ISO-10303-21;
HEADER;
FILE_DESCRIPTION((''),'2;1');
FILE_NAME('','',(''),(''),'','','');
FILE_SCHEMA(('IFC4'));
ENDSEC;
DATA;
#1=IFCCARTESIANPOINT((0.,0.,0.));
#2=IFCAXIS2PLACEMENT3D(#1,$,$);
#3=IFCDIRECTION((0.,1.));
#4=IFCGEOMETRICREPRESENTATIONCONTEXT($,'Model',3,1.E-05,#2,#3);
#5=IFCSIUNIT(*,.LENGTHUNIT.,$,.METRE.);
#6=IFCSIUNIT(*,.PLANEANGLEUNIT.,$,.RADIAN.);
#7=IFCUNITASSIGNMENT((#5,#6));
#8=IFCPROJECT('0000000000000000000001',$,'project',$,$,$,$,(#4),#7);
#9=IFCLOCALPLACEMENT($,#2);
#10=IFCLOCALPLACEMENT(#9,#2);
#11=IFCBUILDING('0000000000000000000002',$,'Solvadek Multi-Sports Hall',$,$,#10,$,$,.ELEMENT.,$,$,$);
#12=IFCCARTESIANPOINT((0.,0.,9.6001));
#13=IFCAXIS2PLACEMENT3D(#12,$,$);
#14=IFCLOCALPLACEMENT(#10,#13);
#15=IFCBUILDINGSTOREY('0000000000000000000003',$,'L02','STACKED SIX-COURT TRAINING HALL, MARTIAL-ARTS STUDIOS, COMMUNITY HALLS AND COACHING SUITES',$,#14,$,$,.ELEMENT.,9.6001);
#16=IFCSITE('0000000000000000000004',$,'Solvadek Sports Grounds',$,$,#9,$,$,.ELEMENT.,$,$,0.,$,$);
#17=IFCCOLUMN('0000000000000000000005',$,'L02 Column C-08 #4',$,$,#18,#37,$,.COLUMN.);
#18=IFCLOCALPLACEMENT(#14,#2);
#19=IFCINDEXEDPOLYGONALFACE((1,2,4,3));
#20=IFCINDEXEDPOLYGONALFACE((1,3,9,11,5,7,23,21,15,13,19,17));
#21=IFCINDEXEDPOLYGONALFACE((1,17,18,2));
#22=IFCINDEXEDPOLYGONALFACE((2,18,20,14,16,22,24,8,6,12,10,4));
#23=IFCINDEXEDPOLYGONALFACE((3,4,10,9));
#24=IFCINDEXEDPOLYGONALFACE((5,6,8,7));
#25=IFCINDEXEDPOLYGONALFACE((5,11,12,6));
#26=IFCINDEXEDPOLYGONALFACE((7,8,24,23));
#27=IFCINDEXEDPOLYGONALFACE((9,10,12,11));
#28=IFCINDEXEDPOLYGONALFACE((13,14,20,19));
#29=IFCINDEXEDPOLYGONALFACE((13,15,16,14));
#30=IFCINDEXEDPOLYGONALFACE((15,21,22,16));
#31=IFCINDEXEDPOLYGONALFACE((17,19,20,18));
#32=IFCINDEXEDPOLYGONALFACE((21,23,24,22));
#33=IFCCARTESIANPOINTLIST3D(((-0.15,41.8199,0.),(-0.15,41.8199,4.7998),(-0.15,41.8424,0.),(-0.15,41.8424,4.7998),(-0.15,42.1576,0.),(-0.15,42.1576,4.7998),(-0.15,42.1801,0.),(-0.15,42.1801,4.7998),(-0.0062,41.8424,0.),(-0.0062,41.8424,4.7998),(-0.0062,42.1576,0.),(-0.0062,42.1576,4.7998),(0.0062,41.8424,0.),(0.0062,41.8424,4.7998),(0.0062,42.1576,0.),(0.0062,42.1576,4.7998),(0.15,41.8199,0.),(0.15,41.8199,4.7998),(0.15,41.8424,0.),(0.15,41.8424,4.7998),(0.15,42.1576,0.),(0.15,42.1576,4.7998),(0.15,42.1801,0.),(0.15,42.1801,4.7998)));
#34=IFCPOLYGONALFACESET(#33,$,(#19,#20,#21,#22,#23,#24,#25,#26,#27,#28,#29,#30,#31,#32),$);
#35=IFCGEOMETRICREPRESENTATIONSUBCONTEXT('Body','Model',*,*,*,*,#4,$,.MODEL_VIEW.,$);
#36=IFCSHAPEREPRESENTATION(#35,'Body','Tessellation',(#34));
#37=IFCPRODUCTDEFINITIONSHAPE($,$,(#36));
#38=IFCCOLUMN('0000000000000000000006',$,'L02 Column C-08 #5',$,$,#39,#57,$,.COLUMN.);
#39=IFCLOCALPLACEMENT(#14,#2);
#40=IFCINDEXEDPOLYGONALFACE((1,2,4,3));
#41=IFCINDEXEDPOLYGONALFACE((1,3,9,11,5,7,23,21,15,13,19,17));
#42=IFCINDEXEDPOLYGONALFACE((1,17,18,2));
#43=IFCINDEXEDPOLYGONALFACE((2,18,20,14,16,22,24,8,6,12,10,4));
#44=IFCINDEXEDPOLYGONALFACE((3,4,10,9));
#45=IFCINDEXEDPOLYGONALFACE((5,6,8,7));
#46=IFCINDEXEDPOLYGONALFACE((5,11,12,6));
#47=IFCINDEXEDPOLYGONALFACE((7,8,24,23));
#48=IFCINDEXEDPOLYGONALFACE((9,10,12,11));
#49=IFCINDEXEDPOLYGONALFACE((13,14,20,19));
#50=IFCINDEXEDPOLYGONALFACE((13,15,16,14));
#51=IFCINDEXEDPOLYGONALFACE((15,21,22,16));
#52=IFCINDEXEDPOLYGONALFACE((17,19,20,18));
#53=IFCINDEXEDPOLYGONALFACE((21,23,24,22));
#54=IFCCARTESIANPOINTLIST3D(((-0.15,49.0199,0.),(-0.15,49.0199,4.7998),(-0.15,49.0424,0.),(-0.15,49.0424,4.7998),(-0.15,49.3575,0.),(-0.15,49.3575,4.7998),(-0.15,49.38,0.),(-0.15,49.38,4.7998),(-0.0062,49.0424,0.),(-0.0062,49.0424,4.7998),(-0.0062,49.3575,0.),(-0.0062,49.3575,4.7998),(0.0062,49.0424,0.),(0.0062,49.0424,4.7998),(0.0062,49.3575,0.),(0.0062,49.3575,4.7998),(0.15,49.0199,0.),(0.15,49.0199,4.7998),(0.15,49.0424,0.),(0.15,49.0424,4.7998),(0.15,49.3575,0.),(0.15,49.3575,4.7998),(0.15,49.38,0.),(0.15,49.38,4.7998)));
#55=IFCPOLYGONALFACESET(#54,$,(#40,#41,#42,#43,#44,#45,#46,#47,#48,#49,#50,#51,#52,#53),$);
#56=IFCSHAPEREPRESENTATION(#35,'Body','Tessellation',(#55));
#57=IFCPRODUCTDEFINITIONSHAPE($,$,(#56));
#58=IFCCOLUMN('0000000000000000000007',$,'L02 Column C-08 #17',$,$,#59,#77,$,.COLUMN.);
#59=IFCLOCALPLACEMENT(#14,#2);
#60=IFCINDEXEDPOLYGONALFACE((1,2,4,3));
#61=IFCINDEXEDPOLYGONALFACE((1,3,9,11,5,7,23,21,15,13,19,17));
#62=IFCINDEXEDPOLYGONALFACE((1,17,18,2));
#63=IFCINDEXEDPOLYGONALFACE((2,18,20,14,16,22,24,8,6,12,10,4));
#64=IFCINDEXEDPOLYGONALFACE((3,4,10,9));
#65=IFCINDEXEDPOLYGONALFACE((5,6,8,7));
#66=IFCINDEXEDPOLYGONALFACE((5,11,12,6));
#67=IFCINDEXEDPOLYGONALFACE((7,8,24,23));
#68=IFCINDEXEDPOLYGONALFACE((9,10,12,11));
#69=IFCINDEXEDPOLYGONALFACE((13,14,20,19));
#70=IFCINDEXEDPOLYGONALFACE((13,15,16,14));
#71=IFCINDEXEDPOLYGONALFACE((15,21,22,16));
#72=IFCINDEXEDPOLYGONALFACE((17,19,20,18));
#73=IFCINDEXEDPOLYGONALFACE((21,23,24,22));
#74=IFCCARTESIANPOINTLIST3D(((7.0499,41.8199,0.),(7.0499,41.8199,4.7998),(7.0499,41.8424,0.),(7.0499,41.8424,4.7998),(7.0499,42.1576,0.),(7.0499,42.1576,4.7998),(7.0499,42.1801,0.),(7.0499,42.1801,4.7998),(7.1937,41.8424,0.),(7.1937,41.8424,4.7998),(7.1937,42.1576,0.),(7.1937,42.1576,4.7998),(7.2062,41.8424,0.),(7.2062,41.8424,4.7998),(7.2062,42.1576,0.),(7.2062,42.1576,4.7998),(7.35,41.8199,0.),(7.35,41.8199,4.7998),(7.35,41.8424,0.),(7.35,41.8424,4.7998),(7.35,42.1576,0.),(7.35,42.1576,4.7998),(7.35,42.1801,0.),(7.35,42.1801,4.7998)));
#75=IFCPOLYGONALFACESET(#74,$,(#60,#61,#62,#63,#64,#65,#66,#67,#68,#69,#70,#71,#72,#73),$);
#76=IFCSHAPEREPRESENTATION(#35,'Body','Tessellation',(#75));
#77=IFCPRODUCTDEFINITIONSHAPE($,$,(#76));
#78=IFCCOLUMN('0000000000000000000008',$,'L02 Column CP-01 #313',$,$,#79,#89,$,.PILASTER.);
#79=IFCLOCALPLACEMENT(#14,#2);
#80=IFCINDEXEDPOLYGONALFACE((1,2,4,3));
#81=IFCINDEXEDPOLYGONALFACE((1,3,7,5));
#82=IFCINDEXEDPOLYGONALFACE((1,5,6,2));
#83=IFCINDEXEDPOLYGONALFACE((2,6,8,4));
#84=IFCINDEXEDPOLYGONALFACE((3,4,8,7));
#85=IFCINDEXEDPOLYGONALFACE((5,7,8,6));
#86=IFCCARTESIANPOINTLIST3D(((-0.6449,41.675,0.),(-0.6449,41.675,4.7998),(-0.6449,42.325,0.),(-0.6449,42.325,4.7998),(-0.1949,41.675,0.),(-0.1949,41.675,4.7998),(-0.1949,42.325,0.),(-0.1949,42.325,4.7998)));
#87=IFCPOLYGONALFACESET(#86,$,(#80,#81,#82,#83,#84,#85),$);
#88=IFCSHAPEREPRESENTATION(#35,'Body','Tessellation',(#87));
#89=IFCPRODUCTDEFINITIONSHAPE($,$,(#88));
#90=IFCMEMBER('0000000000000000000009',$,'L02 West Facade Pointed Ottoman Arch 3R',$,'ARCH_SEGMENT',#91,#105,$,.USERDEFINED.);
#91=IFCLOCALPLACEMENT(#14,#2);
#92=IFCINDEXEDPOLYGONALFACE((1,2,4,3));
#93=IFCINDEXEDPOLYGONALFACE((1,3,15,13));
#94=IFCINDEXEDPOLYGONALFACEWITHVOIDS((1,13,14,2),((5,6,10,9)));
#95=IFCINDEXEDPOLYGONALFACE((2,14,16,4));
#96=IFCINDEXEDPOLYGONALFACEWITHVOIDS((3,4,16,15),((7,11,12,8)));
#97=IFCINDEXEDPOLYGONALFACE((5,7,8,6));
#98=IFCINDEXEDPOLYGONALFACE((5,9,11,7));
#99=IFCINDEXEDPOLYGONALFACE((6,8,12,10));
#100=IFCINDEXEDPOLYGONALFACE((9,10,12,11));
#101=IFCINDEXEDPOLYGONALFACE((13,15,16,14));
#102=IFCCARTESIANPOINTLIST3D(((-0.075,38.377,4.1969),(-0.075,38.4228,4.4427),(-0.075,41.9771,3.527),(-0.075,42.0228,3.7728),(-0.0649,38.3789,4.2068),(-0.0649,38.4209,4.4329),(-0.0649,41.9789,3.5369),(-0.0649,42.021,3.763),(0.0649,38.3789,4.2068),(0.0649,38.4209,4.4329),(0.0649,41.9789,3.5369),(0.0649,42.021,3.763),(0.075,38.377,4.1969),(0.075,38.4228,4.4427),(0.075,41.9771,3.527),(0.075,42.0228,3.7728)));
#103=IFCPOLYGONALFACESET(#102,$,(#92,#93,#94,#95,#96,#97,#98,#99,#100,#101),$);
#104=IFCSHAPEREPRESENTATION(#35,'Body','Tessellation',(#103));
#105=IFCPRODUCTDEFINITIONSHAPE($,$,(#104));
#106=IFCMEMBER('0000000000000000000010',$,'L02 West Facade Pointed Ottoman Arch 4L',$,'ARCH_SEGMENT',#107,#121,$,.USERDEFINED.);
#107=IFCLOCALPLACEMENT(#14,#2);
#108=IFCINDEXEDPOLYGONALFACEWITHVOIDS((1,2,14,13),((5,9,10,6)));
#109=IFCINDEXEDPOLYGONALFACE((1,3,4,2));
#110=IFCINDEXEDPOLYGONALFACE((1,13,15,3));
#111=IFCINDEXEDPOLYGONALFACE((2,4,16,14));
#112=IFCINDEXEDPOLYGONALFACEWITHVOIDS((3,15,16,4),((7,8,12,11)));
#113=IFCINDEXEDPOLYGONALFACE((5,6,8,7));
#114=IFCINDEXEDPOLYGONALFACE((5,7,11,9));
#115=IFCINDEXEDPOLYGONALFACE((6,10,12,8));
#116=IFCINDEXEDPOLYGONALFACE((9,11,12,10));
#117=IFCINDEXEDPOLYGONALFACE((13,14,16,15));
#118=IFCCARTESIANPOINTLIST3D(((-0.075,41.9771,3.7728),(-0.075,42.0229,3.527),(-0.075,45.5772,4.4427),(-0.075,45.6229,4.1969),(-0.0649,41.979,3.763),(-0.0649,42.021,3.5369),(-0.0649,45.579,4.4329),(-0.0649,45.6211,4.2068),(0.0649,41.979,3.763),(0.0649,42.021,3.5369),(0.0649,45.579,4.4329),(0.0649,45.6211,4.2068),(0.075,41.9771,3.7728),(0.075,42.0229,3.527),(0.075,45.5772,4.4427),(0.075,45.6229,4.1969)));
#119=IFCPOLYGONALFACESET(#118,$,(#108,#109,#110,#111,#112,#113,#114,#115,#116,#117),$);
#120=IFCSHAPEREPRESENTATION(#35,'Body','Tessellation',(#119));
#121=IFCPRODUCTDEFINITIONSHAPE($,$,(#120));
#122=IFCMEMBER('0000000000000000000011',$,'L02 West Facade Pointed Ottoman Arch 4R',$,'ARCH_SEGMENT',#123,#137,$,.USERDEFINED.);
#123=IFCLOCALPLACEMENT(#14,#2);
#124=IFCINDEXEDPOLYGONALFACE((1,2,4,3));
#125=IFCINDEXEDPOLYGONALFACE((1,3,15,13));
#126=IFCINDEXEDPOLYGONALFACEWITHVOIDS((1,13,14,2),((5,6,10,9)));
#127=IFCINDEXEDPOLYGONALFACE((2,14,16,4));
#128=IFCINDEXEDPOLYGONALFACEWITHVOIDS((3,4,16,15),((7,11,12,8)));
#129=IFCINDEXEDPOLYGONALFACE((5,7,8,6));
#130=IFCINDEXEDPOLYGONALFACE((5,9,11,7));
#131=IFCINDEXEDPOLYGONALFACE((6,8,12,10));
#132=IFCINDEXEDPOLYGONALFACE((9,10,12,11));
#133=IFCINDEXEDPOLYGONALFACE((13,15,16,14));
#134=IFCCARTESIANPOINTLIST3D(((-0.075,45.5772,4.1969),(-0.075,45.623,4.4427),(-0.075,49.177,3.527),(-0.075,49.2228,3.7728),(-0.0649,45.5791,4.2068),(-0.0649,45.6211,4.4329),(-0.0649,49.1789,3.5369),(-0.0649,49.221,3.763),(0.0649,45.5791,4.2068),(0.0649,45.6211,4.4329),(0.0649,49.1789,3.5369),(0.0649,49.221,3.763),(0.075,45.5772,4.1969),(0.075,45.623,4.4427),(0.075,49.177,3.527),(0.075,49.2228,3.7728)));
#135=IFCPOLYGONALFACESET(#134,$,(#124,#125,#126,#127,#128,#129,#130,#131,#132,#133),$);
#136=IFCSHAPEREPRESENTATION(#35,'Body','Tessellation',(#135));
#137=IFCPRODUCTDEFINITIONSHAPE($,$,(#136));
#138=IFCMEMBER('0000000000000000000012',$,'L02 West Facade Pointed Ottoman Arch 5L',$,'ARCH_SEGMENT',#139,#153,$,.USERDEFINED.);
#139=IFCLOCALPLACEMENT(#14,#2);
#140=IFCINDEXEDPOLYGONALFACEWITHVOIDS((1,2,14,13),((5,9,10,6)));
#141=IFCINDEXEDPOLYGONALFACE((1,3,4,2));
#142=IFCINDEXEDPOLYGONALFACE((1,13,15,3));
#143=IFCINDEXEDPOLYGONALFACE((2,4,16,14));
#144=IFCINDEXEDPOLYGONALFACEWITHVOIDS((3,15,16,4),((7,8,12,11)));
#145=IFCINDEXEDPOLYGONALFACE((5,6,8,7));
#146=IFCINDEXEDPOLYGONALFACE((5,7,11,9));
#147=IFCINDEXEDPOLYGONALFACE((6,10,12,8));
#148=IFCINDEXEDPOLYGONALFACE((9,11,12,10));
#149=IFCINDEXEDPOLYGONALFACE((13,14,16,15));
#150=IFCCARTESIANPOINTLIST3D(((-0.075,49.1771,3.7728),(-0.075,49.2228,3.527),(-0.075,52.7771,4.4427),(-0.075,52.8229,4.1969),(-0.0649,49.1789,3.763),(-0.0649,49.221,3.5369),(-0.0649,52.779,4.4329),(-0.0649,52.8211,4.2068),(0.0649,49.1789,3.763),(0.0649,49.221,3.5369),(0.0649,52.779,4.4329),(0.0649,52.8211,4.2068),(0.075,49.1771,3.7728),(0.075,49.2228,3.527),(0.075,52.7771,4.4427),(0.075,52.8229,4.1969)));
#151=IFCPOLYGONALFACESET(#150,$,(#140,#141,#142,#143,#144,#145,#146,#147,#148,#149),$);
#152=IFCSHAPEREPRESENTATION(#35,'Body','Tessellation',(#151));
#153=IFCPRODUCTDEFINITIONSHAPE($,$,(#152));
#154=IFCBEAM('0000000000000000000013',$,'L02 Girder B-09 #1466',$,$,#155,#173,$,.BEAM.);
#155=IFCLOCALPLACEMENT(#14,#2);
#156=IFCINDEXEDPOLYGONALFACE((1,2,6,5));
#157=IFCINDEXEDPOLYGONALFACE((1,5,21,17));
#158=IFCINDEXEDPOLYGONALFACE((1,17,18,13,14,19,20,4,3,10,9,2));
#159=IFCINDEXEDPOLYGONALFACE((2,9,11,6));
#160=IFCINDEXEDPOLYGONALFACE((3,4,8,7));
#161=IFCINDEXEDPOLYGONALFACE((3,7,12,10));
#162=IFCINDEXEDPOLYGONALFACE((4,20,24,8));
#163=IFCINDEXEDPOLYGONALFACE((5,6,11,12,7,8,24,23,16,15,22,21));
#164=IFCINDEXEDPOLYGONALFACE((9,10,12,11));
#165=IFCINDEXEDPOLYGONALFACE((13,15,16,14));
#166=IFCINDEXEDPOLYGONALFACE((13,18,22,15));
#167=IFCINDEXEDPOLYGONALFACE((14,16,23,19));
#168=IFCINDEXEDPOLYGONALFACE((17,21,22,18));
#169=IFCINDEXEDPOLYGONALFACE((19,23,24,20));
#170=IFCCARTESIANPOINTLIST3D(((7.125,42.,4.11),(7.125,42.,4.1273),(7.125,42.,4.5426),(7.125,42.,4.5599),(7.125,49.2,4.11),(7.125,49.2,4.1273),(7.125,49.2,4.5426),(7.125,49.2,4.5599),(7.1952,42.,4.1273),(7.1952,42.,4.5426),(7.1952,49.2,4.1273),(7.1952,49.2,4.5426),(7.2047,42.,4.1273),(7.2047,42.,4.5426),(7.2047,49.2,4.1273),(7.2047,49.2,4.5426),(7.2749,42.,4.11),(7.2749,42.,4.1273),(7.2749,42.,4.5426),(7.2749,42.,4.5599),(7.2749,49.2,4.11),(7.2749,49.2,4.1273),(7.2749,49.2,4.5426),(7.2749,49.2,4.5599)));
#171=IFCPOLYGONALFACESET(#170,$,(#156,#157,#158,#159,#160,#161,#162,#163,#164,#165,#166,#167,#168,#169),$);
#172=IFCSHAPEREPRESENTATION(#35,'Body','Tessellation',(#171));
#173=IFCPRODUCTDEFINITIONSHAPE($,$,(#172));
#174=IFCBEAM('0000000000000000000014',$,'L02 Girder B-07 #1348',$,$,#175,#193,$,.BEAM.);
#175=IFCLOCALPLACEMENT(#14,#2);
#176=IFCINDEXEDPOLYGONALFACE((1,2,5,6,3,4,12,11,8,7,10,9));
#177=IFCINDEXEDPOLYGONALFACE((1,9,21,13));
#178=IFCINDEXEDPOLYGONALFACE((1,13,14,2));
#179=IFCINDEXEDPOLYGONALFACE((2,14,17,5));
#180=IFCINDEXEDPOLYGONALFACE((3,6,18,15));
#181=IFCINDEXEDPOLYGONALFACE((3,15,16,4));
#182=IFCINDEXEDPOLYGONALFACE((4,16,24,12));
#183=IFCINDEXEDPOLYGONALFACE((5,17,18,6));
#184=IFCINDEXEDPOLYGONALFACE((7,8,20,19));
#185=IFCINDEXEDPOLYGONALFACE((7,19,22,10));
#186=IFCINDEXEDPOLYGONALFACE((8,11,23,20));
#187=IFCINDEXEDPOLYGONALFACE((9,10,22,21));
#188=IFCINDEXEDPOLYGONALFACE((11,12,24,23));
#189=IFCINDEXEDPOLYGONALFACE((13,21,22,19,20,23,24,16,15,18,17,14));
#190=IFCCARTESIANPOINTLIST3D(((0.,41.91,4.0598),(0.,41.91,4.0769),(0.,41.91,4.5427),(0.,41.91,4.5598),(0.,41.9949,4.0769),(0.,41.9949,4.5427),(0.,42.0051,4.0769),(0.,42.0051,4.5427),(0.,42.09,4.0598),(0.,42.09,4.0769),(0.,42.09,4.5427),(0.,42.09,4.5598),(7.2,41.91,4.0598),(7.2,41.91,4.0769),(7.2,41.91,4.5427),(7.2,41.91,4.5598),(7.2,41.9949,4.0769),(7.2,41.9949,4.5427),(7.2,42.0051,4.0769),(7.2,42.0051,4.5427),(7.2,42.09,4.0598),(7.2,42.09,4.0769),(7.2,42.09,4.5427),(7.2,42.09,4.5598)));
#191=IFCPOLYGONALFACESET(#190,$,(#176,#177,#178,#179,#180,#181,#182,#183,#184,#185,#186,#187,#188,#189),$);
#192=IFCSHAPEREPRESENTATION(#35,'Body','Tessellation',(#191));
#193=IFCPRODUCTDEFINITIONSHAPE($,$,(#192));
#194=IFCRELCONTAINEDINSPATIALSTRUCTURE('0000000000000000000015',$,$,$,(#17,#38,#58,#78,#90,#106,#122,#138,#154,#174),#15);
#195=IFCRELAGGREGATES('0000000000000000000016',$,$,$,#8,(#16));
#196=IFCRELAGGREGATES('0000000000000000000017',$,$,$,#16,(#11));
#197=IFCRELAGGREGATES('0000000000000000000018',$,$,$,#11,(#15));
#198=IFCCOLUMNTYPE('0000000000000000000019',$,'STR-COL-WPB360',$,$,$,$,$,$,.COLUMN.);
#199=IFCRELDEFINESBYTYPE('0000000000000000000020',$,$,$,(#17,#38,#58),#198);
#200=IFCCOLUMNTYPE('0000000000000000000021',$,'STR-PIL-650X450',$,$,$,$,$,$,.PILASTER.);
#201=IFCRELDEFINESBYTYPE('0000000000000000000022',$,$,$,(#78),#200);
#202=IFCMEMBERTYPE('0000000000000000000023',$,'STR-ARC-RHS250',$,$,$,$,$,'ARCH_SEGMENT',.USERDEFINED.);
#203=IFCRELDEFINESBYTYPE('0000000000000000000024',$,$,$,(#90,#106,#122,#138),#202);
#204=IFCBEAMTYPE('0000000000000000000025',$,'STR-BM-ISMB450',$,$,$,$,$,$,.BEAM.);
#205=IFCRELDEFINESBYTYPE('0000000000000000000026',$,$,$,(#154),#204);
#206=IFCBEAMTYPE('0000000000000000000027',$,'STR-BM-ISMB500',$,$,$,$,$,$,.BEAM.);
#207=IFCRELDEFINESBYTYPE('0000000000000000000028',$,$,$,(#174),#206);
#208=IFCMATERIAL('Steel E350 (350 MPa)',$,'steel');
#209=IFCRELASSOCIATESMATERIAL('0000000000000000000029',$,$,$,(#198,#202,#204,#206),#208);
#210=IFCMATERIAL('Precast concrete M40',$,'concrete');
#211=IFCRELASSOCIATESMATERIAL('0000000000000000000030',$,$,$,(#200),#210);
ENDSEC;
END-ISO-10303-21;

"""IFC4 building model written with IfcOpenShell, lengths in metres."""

from ifc_helpers import new_model, si_unit, direction, frame, origin, origin_2d, place, context, subcontext, project, spatial, rectangle, hollow_rectangle, i_section, extrude, material, material_profile, profile_set, type_object, element, save


model = new_model("IFC4")

# Units and contexts
model_context = context("Model", 3, precision=1e-05, world=origin(), true_north=direction((0.0, 1.0)))
body_context = subcontext(model_context, "Body", "Model", "MODEL_VIEW")
ifc_project = project(units=[si_unit("LENGTHUNIT", "METRE"), si_unit("PLANEANGLEUNIT", "RADIAN")], contexts=[model_context])

# Site, building, storey
site_placement = place(None, origin())
site = spatial("IfcSite", under=ifc_project, at=site_placement, Name="Solvadek Sports Grounds", CompositionType="ELEMENT", RefElevation=0.0)
building_placement = place(site_placement, origin())
building = spatial("IfcBuilding", under=site, at=building_placement, Name="Solvadek Multi-Sports Hall", CompositionType="ELEMENT")
storey_placement = place(building_placement, frame((0.0, 0.0, 9.6001)))
storey = spatial("IfcBuildingStorey", under=building, at=storey_placement, Name="L02", Description="STACKED SIX-COURT TRAINING HALL, MARTIAL-ARTS STUDIOS, COMMUNITY HALLS AND COACHING SUITES", CompositionType="ELEMENT", Elevation=9.6001)

# Columns
ifc_material_1 = material(Name="Steel E350 (350 MPa)", Category="steel")
ifc_material_profile_1 = material_profile(ifc_material_1, i_section(OverallWidth=0.3, OverallDepth=0.3601, WebThickness=0.0125, FlangeThickness=0.0225, at=origin_2d()), Name="WPB 360")
ifc_profile_set_1 = profile_set([ifc_material_profile_1], Name="Steel E350 (350 MPa)")
column_type_1 = type_object("IfcColumnType", Name="STR-COL-WPB360", PredefinedType="COLUMN", material=ifc_profile_set_1)
for number, where, z_axis, x_axis, name in (
    (1, (0.0, 42.0, 0.0), (0.0, 0.0, 1.0), (1.0, 0.0, 0.0), "L02 Column C-08 #4"),
    (2, (0.0, 49.2, 0.0), (0.0, 0.0, 1.0), (1.0, 0.0, 0.0), "L02 Column C-08 #5"),
    (3, (7.2, 42.0, 0.0), (0.0, 0.0, 1.0), (1.0, 0.0, 0.0), "L02 Column C-08 #17"),
):
    element("IfcColumn", number, at=place(storey_placement, frame(where, z_axis=z_axis, x_axis=x_axis)), inside=storey, type_object=column_type_1, Name=name, PredefinedType="COLUMN", context=body_context, shape_type="SweptSolid", body=[
        extrude(i_section(OverallWidth=0.3, OverallDepth=0.3601, WebThickness=0.0125, FlangeThickness=0.0225, at=origin_2d()), origin(), (0.0, 0.0, 1.0), 4.7998),
    ])
ifc_material_2 = material(Name="Precast concrete M40", Category="concrete")
ifc_material_profile_2 = material_profile(ifc_material_2, rectangle(XDim=0.45, YDim=0.6499, at=origin_2d()), Name="RC PILASTER 650x450")
ifc_profile_set_2 = profile_set([ifc_material_profile_2], Name="Precast concrete M40")
column_type_2 = type_object("IfcColumnType", Name="STR-PIL-650X450", PredefinedType="PILASTER", material=ifc_profile_set_2)
column_placement = place(storey_placement, frame((-0.4199, 42.0, 0.0), z_axis=(0.0, 0.0, 1.0), x_axis=(1.0, 0.0, 0.0)))
element("IfcColumn", 4, at=column_placement, inside=storey, type_object=column_type_2, Name="L02 Column CP-01 #313", PredefinedType="PILASTER", context=body_context, shape_type="SweptSolid", body=[
    extrude(rectangle(XDim=0.45, YDim=0.6499, at=origin_2d()), origin(), (0.0, 0.0, 1.0), 4.7998),
])

# Members
ifc_material_profile_3 = material_profile(ifc_material_1, hollow_rectangle(XDim=0.1499, YDim=0.25, WallThickness=0.01, at=origin_2d()), Name="RHS 250x150x10")
ifc_profile_set_3 = profile_set([ifc_material_profile_3], Name="Steel E350 (350 MPa)")
member_type = type_object("IfcMemberType", Name="STR-ARC-RHS250", ElementType="ARCH_SEGMENT", PredefinedType="USERDEFINED", material=ifc_profile_set_3)
for number, where, z_axis, x_axis, name in (
    (5, (0.0, 38.3999, 4.3198), (0.0, 0.983123, -0.182944), (-1.0, 0.0, 0.0), "L02 West Facade Pointed Ottoman Arch 3R"),
    (6, (0.0, 42.0, 3.6499), (0.0, 0.983123, 0.182944), (-1.0, 0.0, 0.0), "L02 West Facade Pointed Ottoman Arch 4L"),
):
    element("IfcMember", number, at=place(storey_placement, frame(where, z_axis=z_axis, x_axis=x_axis)), inside=storey, type_object=member_type, Name=name, ObjectType="ARCH_SEGMENT", PredefinedType="USERDEFINED", context=body_context, shape_type="SweptSolid", body=[
        extrude(hollow_rectangle(XDim=0.1499, YDim=0.25, WallThickness=0.01, at=origin_2d()), origin(), (0.0, 0.0, 1.0), 3.6619),
    ])
member_1_placement = place(storey_placement, frame((0.0, 45.6001, 4.3198), z_axis=(0.0, 0.983121, -0.182956), x_axis=(-1.0, 0.0, 0.0)))
element("IfcMember", 7, at=member_1_placement, inside=storey, type_object=member_type, Name="L02 West Facade Pointed Ottoman Arch 4R", ObjectType="ARCH_SEGMENT", PredefinedType="USERDEFINED", context=body_context, shape_type="SweptSolid", body=[
    extrude(hollow_rectangle(XDim=0.1499, YDim=0.25, WallThickness=0.01, at=origin_2d()), origin(), (0.0, 0.0, 1.0), 3.6616),
])
member_2_placement = place(storey_placement, frame((0.0, 49.2, 3.6499), z_axis=(0.0, 0.983123, 0.182944), x_axis=(-1.0, 0.0, 0.0)))
element("IfcMember", 8, at=member_2_placement, inside=storey, type_object=member_type, Name="L02 West Facade Pointed Ottoman Arch 5L", ObjectType="ARCH_SEGMENT", PredefinedType="USERDEFINED", context=body_context, shape_type="SweptSolid", body=[
    extrude(hollow_rectangle(XDim=0.1499, YDim=0.25, WallThickness=0.01, at=origin_2d()), origin(), (0.0, 0.0, 1.0), 3.6619),
])

# Beams
ifc_material_profile_4 = material_profile(ifc_material_1, i_section(OverallWidth=0.1499, OverallDepth=0.45, WebThickness=0.0095, FlangeThickness=0.0173, at=origin_2d()), Name="ISMB 450")
ifc_profile_set_4 = profile_set([ifc_material_profile_4], Name="Steel E350 (350 MPa)")
beam_type_1 = type_object("IfcBeamType", Name="STR-BM-ISMB450", PredefinedType="BEAM", material=ifc_profile_set_4)
beam_1_placement = place(storey_placement, frame((7.2, 42.0, 4.335), z_axis=(0.0, 1.0, 0.0), x_axis=(-1.0, 0.0, 0.0)))
element("IfcBeam", 9, at=beam_1_placement, inside=storey, type_object=beam_type_1, Name="L02 Girder B-09 #1466", PredefinedType="BEAM", context=body_context, shape_type="SweptSolid", body=[
    extrude(i_section(OverallWidth=0.1499, OverallDepth=0.45, WebThickness=0.0095, FlangeThickness=0.0173, at=origin_2d()), origin(), (0.0, 0.0, 1.0), 7.2),
])
ifc_material_profile_5 = material_profile(ifc_material_1, i_section(OverallWidth=0.1799, OverallDepth=0.5, WebThickness=0.0103, FlangeThickness=0.0171, at=origin_2d()), Name="ISMB 500")
ifc_profile_set_5 = profile_set([ifc_material_profile_5], Name="Steel E350 (350 MPa)")
beam_type_2 = type_object("IfcBeamType", Name="STR-BM-ISMB500", PredefinedType="BEAM", material=ifc_profile_set_5)
for number, where, z_axis, x_axis, name in (
    (10, (0.0, 42.0, 4.3098), (1.0, 0.0, 0.0), (0.0, 1.0, 0.0), "L02 Girder B-07 #1348"),
):
    element("IfcBeam", number, at=place(storey_placement, frame(where, z_axis=z_axis, x_axis=x_axis)), inside=storey, type_object=beam_type_2, Name=name, PredefinedType="BEAM", context=body_context, shape_type="SweptSolid", body=[
        extrude(i_section(OverallWidth=0.1799, OverallDepth=0.5, WebThickness=0.0103, FlangeThickness=0.0171, at=origin_2d()), origin(), (0.0, 0.0, 1.0), 7.2),
    ])

save(model, "model.ifc")
